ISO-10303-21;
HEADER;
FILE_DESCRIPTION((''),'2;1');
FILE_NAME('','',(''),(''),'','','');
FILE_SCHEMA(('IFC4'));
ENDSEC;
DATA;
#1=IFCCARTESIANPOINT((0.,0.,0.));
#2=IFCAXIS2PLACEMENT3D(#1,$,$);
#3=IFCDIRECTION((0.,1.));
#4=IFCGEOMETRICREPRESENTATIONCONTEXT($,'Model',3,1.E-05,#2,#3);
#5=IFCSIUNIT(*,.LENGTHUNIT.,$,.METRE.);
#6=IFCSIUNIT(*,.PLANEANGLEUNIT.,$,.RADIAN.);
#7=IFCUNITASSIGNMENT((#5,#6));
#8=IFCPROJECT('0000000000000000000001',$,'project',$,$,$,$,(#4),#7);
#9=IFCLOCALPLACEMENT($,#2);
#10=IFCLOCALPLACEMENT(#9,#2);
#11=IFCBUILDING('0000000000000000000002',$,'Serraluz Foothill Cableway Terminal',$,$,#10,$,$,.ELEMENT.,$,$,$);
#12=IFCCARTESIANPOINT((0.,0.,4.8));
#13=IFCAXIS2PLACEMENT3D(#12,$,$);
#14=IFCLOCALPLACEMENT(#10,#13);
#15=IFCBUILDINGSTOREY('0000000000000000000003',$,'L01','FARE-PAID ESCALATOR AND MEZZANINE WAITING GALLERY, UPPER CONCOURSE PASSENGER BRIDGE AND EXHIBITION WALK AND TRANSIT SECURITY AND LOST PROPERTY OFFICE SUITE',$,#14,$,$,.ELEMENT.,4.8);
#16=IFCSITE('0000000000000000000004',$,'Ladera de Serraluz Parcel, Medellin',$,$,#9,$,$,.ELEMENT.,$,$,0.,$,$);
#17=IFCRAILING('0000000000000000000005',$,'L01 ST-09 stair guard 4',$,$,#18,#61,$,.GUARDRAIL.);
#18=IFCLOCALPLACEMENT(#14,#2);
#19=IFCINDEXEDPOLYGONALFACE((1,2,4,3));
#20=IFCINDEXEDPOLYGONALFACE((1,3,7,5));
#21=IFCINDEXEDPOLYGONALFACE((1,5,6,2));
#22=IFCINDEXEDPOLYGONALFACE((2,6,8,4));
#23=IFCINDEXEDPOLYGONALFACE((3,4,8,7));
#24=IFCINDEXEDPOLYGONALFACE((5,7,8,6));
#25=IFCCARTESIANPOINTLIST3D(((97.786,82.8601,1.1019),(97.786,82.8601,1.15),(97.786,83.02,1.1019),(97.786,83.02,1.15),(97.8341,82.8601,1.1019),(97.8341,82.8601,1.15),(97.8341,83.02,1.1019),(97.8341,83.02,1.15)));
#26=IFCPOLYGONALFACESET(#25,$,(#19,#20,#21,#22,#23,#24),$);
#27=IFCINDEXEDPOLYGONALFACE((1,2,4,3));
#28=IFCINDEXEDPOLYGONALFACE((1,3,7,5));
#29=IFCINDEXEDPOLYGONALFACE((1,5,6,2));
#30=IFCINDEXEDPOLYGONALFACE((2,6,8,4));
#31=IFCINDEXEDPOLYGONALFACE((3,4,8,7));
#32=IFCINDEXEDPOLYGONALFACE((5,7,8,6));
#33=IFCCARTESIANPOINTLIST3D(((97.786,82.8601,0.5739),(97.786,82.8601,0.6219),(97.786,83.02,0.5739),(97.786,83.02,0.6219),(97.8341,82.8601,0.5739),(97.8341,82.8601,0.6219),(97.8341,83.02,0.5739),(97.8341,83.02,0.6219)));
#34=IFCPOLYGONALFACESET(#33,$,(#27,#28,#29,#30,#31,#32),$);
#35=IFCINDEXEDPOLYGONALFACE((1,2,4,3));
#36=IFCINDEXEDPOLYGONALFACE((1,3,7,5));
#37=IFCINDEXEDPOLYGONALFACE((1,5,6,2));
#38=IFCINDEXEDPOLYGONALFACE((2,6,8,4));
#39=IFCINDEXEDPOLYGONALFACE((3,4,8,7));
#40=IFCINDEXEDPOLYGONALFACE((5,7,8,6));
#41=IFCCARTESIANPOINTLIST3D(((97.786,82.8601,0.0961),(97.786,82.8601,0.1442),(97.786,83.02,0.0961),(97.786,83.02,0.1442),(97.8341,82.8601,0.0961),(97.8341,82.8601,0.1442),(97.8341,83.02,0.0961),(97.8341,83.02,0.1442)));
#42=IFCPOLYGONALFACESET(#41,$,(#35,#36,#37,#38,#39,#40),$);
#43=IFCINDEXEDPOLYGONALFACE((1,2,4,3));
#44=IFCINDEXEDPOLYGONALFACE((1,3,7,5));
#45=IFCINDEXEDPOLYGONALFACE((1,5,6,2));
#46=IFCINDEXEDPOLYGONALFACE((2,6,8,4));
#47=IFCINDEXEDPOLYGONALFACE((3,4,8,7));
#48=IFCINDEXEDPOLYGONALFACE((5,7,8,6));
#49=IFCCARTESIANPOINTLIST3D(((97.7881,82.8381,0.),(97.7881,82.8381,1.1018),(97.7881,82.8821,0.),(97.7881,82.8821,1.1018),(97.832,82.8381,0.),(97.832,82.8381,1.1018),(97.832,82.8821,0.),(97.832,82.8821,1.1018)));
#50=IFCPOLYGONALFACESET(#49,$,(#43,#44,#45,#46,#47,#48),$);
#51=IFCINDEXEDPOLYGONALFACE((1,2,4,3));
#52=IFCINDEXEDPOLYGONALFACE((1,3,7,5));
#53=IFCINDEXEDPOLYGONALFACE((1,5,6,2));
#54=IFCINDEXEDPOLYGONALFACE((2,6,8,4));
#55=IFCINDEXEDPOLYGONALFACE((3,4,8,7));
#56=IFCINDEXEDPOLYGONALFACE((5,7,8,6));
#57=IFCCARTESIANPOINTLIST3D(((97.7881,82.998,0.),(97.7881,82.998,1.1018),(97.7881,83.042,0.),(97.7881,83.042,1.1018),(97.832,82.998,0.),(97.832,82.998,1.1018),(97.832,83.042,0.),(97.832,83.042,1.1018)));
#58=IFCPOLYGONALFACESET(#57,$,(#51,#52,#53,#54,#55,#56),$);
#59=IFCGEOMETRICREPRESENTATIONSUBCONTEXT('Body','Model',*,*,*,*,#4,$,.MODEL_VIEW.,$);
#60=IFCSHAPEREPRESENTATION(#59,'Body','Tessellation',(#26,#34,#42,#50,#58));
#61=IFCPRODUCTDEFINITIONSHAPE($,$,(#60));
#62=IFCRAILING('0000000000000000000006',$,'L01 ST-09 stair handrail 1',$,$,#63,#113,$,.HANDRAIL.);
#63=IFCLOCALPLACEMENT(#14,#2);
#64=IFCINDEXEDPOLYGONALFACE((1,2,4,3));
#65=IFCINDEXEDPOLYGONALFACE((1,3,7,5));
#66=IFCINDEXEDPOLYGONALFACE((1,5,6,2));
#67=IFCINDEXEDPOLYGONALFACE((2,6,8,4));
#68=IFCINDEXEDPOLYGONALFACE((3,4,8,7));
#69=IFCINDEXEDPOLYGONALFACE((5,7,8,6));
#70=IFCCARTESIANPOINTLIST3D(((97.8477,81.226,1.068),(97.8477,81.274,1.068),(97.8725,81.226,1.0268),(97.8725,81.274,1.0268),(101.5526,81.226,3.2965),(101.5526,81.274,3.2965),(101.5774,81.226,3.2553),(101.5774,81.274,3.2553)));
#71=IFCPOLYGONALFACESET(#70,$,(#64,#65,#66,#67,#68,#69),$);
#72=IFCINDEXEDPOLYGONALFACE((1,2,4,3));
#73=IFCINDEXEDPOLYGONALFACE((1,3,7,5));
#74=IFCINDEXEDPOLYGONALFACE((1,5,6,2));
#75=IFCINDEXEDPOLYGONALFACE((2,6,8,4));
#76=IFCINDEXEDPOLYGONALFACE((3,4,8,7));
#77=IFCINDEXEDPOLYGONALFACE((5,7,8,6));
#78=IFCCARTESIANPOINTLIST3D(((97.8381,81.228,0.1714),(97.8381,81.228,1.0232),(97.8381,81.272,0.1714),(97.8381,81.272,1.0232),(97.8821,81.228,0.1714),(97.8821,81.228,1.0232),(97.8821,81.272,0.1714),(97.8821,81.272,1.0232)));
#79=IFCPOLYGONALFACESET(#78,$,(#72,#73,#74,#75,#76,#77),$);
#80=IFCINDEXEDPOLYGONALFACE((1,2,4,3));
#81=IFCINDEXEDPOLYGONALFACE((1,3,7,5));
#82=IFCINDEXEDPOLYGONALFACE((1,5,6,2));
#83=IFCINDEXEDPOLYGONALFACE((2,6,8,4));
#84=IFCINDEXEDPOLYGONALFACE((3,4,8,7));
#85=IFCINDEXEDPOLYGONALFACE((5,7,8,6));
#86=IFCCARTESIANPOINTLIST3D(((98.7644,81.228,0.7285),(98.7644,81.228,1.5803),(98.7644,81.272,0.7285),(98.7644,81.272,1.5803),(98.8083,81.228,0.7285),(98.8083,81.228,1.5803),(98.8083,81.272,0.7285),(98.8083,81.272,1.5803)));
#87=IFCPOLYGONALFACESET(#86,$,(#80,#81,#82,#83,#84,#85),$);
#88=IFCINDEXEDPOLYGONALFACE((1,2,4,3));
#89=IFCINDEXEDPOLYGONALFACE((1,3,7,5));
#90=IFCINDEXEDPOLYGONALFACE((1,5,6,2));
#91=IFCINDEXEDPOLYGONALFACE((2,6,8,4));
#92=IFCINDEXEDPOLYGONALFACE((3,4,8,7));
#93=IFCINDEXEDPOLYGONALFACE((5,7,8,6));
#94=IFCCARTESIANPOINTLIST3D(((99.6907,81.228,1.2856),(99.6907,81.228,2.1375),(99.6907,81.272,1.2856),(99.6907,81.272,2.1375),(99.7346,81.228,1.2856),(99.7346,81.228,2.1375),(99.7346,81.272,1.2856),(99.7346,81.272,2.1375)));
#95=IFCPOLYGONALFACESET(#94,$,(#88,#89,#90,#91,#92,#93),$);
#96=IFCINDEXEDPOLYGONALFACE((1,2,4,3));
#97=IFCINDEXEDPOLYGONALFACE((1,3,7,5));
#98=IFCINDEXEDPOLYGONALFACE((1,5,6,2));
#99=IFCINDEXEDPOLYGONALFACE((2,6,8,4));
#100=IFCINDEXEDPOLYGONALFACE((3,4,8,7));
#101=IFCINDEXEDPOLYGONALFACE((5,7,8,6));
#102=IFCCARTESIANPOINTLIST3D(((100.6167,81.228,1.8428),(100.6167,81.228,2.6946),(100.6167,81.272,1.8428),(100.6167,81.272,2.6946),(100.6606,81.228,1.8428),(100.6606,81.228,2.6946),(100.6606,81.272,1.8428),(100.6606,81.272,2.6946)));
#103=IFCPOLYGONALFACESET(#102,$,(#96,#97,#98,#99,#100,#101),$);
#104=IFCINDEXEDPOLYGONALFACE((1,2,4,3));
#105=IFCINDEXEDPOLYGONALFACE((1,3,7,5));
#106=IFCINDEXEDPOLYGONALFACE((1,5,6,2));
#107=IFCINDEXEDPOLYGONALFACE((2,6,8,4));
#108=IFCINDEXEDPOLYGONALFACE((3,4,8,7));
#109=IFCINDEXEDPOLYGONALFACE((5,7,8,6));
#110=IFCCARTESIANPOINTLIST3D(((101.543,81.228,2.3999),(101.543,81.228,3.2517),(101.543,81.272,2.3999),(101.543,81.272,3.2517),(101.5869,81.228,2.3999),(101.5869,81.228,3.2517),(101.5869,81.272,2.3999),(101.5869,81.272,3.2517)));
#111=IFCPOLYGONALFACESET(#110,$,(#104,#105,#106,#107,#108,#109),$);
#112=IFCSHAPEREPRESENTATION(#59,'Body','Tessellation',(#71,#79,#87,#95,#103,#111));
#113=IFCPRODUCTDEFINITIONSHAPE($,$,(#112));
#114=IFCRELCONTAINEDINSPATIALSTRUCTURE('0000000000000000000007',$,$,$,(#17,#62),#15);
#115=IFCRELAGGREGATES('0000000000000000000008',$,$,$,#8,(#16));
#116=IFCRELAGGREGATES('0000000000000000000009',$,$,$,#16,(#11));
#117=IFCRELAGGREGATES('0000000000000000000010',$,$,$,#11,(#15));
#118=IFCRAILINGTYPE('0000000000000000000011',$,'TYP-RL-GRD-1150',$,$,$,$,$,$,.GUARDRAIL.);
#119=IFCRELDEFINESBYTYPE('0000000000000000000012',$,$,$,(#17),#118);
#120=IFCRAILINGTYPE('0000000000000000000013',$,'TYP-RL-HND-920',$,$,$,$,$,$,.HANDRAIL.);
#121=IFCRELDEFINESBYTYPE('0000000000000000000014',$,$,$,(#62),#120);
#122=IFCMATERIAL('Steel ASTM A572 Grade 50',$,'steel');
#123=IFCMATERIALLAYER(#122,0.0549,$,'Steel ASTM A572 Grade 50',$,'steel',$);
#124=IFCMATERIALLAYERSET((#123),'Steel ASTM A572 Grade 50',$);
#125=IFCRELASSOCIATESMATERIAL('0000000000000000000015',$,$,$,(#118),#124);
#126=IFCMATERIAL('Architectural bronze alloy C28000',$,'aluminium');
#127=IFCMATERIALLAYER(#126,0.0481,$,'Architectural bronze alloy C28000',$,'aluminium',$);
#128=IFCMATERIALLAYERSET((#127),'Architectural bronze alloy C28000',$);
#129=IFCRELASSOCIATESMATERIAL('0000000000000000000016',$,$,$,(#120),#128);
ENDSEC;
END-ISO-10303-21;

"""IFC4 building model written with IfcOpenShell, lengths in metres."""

from ifc_helpers import new_model, si_unit, direction, frame, origin, origin_2d, place, context, subcontext, project, spatial, rectangle, extrude, material, layer, layer_set, type_object, element, save


model = new_model("IFC4")

# Units and contexts
model_context = context("Model", 3, precision=1e-05, world=origin(), true_north=direction((0.0, 1.0)))
body_context = subcontext(model_context, "Body", "Model", "MODEL_VIEW")
ifc_project = project(units=[si_unit("LENGTHUNIT", "METRE"), si_unit("PLANEANGLEUNIT", "RADIAN")], contexts=[model_context])

# Site, building, storey
site_placement = place(None, origin())
site = spatial("IfcSite", under=ifc_project, at=site_placement, Name="Ladera de Serraluz Parcel, Medellin", CompositionType="ELEMENT", RefElevation=0.0)
building_placement = place(site_placement, origin())
building = spatial("IfcBuilding", under=site, at=building_placement, Name="Serraluz Foothill Cableway Terminal", CompositionType="ELEMENT")
storey_placement = place(building_placement, frame((0.0, 0.0, 4.8)))
storey = spatial("IfcBuildingStorey", under=building, at=storey_placement, Name="L01", Description="FARE-PAID ESCALATOR AND MEZZANINE WAITING GALLERY, UPPER CONCOURSE PASSENGER BRIDGE AND EXHIBITION WALK AND TRANSIT SECURITY AND LOST PROPERTY OFFICE SUITE", CompositionType="ELEMENT", Elevation=4.8)

# Shared definitions
ifc_material_1 = material(Name="Architectural bronze alloy C28000", Category="aluminium")

# Railings
ifc_material_2 = material(Name="Steel ASTM A572 Grade 50", Category="steel")
ifc_layer_1 = layer(ifc_material_2, 0.0549, Name="Steel ASTM A572 Grade 50", Category="steel")
ifc_layer_set_1 = layer_set([ifc_layer_1], Name="Steel ASTM A572 Grade 50")
railing_type_1 = type_object("IfcRailingType", Name="TYP-RL-GRD-1150", PredefinedType="GUARDRAIL", material=ifc_layer_set_1)
railing_1_placement = place(storey_placement, frame((97.8101, 82.8601, 0.0)))
element("IfcRailing", 1, at=railing_1_placement, inside=storey, type_object=railing_type_1, Name="L01 ST-09 stair guard 4", PredefinedType="GUARDRAIL", context=body_context, shape_type="SweptSolid", body=[
    extrude(rectangle(XDim=0.0481, YDim=0.0481, at=origin_2d()), frame((0.0, 0.0, 1.126), z_axis=(0.0, 1.0, 0.0), x_axis=(-1.0, 0.0, 0.0)), (0.0, 0.0, 1.0), 0.1599),
    extrude(rectangle(XDim=0.0481, YDim=0.0481, at=origin_2d()), frame((0.0, 0.0, 0.5979), z_axis=(0.0, 1.0, 0.0), x_axis=(-1.0, 0.0, 0.0)), (0.0, 0.0, 1.0), 0.1599),
    extrude(rectangle(XDim=0.0481, YDim=0.0481, at=origin_2d()), frame((0.0, 0.0, 0.1201), z_axis=(0.0, 1.0, 0.0), x_axis=(-1.0, 0.0, 0.0)), (0.0, 0.0, 1.0), 0.1599),
    extrude(rectangle(XDim=0.0439, YDim=0.0439, at=origin_2d()), origin(), (0.0, 0.0, 1.0), 1.1018),
    extrude(rectangle(XDim=0.0439, YDim=0.0439, at=origin_2d()), frame((0.0, 0.1599, 0.0)), (0.0, 0.0, 1.0), 1.1018),
])
ifc_layer_2 = layer(ifc_material_1, 0.0481, Name="Architectural bronze alloy C28000", Category="aluminium")
ifc_layer_set_2 = layer_set([ifc_layer_2], Name="Architectural bronze alloy C28000")
railing_type_2 = type_object("IfcRailingType", Name="TYP-RL-HND-920", PredefinedType="HANDRAIL", material=ifc_layer_set_2)
railing_2_placement = place(storey_placement, frame((97.8601, 81.25, 0.1714)))
element("IfcRailing", 2, at=railing_2_placement, inside=storey, type_object=railing_type_2, Name="L01 ST-09 stair handrail 1", PredefinedType="HANDRAIL", context=body_context, shape_type="SweptSolid", body=[
    extrude(rectangle(XDim=0.0481, YDim=0.0481, at=origin_2d()), frame((0.0, 0.0, 0.876), z_axis=(0.856919, 0.0, 0.51545), x_axis=(0.0, 1.0, 0.0)), (0.0, 0.0, 1.0), 4.3235),
    extrude(rectangle(XDim=0.0439, YDim=0.0439, at=origin_2d()), origin(), (0.0, 0.0, 1.0), 0.8518),
    extrude(rectangle(XDim=0.0439, YDim=0.0439, at=origin_2d()), frame((0.9263, 0.0, 0.5571)), (0.0, 0.0, 1.0), 0.8518),
    extrude(rectangle(XDim=0.0439, YDim=0.0439, at=origin_2d()), frame((1.8525, 0.0, 1.1143)), (0.0, 0.0, 1.0), 0.8518),
    extrude(rectangle(XDim=0.0439, YDim=0.0439, at=origin_2d()), frame((2.7786, 0.0, 1.6714)), (0.0, 0.0, 1.0), 0.8518),
    extrude(rectangle(XDim=0.0439, YDim=0.0439, at=origin_2d()), frame((3.7048, 0.0, 2.2285)), (0.0, 0.0, 1.0), 0.8518),
])

save(model, "model.ifc")
